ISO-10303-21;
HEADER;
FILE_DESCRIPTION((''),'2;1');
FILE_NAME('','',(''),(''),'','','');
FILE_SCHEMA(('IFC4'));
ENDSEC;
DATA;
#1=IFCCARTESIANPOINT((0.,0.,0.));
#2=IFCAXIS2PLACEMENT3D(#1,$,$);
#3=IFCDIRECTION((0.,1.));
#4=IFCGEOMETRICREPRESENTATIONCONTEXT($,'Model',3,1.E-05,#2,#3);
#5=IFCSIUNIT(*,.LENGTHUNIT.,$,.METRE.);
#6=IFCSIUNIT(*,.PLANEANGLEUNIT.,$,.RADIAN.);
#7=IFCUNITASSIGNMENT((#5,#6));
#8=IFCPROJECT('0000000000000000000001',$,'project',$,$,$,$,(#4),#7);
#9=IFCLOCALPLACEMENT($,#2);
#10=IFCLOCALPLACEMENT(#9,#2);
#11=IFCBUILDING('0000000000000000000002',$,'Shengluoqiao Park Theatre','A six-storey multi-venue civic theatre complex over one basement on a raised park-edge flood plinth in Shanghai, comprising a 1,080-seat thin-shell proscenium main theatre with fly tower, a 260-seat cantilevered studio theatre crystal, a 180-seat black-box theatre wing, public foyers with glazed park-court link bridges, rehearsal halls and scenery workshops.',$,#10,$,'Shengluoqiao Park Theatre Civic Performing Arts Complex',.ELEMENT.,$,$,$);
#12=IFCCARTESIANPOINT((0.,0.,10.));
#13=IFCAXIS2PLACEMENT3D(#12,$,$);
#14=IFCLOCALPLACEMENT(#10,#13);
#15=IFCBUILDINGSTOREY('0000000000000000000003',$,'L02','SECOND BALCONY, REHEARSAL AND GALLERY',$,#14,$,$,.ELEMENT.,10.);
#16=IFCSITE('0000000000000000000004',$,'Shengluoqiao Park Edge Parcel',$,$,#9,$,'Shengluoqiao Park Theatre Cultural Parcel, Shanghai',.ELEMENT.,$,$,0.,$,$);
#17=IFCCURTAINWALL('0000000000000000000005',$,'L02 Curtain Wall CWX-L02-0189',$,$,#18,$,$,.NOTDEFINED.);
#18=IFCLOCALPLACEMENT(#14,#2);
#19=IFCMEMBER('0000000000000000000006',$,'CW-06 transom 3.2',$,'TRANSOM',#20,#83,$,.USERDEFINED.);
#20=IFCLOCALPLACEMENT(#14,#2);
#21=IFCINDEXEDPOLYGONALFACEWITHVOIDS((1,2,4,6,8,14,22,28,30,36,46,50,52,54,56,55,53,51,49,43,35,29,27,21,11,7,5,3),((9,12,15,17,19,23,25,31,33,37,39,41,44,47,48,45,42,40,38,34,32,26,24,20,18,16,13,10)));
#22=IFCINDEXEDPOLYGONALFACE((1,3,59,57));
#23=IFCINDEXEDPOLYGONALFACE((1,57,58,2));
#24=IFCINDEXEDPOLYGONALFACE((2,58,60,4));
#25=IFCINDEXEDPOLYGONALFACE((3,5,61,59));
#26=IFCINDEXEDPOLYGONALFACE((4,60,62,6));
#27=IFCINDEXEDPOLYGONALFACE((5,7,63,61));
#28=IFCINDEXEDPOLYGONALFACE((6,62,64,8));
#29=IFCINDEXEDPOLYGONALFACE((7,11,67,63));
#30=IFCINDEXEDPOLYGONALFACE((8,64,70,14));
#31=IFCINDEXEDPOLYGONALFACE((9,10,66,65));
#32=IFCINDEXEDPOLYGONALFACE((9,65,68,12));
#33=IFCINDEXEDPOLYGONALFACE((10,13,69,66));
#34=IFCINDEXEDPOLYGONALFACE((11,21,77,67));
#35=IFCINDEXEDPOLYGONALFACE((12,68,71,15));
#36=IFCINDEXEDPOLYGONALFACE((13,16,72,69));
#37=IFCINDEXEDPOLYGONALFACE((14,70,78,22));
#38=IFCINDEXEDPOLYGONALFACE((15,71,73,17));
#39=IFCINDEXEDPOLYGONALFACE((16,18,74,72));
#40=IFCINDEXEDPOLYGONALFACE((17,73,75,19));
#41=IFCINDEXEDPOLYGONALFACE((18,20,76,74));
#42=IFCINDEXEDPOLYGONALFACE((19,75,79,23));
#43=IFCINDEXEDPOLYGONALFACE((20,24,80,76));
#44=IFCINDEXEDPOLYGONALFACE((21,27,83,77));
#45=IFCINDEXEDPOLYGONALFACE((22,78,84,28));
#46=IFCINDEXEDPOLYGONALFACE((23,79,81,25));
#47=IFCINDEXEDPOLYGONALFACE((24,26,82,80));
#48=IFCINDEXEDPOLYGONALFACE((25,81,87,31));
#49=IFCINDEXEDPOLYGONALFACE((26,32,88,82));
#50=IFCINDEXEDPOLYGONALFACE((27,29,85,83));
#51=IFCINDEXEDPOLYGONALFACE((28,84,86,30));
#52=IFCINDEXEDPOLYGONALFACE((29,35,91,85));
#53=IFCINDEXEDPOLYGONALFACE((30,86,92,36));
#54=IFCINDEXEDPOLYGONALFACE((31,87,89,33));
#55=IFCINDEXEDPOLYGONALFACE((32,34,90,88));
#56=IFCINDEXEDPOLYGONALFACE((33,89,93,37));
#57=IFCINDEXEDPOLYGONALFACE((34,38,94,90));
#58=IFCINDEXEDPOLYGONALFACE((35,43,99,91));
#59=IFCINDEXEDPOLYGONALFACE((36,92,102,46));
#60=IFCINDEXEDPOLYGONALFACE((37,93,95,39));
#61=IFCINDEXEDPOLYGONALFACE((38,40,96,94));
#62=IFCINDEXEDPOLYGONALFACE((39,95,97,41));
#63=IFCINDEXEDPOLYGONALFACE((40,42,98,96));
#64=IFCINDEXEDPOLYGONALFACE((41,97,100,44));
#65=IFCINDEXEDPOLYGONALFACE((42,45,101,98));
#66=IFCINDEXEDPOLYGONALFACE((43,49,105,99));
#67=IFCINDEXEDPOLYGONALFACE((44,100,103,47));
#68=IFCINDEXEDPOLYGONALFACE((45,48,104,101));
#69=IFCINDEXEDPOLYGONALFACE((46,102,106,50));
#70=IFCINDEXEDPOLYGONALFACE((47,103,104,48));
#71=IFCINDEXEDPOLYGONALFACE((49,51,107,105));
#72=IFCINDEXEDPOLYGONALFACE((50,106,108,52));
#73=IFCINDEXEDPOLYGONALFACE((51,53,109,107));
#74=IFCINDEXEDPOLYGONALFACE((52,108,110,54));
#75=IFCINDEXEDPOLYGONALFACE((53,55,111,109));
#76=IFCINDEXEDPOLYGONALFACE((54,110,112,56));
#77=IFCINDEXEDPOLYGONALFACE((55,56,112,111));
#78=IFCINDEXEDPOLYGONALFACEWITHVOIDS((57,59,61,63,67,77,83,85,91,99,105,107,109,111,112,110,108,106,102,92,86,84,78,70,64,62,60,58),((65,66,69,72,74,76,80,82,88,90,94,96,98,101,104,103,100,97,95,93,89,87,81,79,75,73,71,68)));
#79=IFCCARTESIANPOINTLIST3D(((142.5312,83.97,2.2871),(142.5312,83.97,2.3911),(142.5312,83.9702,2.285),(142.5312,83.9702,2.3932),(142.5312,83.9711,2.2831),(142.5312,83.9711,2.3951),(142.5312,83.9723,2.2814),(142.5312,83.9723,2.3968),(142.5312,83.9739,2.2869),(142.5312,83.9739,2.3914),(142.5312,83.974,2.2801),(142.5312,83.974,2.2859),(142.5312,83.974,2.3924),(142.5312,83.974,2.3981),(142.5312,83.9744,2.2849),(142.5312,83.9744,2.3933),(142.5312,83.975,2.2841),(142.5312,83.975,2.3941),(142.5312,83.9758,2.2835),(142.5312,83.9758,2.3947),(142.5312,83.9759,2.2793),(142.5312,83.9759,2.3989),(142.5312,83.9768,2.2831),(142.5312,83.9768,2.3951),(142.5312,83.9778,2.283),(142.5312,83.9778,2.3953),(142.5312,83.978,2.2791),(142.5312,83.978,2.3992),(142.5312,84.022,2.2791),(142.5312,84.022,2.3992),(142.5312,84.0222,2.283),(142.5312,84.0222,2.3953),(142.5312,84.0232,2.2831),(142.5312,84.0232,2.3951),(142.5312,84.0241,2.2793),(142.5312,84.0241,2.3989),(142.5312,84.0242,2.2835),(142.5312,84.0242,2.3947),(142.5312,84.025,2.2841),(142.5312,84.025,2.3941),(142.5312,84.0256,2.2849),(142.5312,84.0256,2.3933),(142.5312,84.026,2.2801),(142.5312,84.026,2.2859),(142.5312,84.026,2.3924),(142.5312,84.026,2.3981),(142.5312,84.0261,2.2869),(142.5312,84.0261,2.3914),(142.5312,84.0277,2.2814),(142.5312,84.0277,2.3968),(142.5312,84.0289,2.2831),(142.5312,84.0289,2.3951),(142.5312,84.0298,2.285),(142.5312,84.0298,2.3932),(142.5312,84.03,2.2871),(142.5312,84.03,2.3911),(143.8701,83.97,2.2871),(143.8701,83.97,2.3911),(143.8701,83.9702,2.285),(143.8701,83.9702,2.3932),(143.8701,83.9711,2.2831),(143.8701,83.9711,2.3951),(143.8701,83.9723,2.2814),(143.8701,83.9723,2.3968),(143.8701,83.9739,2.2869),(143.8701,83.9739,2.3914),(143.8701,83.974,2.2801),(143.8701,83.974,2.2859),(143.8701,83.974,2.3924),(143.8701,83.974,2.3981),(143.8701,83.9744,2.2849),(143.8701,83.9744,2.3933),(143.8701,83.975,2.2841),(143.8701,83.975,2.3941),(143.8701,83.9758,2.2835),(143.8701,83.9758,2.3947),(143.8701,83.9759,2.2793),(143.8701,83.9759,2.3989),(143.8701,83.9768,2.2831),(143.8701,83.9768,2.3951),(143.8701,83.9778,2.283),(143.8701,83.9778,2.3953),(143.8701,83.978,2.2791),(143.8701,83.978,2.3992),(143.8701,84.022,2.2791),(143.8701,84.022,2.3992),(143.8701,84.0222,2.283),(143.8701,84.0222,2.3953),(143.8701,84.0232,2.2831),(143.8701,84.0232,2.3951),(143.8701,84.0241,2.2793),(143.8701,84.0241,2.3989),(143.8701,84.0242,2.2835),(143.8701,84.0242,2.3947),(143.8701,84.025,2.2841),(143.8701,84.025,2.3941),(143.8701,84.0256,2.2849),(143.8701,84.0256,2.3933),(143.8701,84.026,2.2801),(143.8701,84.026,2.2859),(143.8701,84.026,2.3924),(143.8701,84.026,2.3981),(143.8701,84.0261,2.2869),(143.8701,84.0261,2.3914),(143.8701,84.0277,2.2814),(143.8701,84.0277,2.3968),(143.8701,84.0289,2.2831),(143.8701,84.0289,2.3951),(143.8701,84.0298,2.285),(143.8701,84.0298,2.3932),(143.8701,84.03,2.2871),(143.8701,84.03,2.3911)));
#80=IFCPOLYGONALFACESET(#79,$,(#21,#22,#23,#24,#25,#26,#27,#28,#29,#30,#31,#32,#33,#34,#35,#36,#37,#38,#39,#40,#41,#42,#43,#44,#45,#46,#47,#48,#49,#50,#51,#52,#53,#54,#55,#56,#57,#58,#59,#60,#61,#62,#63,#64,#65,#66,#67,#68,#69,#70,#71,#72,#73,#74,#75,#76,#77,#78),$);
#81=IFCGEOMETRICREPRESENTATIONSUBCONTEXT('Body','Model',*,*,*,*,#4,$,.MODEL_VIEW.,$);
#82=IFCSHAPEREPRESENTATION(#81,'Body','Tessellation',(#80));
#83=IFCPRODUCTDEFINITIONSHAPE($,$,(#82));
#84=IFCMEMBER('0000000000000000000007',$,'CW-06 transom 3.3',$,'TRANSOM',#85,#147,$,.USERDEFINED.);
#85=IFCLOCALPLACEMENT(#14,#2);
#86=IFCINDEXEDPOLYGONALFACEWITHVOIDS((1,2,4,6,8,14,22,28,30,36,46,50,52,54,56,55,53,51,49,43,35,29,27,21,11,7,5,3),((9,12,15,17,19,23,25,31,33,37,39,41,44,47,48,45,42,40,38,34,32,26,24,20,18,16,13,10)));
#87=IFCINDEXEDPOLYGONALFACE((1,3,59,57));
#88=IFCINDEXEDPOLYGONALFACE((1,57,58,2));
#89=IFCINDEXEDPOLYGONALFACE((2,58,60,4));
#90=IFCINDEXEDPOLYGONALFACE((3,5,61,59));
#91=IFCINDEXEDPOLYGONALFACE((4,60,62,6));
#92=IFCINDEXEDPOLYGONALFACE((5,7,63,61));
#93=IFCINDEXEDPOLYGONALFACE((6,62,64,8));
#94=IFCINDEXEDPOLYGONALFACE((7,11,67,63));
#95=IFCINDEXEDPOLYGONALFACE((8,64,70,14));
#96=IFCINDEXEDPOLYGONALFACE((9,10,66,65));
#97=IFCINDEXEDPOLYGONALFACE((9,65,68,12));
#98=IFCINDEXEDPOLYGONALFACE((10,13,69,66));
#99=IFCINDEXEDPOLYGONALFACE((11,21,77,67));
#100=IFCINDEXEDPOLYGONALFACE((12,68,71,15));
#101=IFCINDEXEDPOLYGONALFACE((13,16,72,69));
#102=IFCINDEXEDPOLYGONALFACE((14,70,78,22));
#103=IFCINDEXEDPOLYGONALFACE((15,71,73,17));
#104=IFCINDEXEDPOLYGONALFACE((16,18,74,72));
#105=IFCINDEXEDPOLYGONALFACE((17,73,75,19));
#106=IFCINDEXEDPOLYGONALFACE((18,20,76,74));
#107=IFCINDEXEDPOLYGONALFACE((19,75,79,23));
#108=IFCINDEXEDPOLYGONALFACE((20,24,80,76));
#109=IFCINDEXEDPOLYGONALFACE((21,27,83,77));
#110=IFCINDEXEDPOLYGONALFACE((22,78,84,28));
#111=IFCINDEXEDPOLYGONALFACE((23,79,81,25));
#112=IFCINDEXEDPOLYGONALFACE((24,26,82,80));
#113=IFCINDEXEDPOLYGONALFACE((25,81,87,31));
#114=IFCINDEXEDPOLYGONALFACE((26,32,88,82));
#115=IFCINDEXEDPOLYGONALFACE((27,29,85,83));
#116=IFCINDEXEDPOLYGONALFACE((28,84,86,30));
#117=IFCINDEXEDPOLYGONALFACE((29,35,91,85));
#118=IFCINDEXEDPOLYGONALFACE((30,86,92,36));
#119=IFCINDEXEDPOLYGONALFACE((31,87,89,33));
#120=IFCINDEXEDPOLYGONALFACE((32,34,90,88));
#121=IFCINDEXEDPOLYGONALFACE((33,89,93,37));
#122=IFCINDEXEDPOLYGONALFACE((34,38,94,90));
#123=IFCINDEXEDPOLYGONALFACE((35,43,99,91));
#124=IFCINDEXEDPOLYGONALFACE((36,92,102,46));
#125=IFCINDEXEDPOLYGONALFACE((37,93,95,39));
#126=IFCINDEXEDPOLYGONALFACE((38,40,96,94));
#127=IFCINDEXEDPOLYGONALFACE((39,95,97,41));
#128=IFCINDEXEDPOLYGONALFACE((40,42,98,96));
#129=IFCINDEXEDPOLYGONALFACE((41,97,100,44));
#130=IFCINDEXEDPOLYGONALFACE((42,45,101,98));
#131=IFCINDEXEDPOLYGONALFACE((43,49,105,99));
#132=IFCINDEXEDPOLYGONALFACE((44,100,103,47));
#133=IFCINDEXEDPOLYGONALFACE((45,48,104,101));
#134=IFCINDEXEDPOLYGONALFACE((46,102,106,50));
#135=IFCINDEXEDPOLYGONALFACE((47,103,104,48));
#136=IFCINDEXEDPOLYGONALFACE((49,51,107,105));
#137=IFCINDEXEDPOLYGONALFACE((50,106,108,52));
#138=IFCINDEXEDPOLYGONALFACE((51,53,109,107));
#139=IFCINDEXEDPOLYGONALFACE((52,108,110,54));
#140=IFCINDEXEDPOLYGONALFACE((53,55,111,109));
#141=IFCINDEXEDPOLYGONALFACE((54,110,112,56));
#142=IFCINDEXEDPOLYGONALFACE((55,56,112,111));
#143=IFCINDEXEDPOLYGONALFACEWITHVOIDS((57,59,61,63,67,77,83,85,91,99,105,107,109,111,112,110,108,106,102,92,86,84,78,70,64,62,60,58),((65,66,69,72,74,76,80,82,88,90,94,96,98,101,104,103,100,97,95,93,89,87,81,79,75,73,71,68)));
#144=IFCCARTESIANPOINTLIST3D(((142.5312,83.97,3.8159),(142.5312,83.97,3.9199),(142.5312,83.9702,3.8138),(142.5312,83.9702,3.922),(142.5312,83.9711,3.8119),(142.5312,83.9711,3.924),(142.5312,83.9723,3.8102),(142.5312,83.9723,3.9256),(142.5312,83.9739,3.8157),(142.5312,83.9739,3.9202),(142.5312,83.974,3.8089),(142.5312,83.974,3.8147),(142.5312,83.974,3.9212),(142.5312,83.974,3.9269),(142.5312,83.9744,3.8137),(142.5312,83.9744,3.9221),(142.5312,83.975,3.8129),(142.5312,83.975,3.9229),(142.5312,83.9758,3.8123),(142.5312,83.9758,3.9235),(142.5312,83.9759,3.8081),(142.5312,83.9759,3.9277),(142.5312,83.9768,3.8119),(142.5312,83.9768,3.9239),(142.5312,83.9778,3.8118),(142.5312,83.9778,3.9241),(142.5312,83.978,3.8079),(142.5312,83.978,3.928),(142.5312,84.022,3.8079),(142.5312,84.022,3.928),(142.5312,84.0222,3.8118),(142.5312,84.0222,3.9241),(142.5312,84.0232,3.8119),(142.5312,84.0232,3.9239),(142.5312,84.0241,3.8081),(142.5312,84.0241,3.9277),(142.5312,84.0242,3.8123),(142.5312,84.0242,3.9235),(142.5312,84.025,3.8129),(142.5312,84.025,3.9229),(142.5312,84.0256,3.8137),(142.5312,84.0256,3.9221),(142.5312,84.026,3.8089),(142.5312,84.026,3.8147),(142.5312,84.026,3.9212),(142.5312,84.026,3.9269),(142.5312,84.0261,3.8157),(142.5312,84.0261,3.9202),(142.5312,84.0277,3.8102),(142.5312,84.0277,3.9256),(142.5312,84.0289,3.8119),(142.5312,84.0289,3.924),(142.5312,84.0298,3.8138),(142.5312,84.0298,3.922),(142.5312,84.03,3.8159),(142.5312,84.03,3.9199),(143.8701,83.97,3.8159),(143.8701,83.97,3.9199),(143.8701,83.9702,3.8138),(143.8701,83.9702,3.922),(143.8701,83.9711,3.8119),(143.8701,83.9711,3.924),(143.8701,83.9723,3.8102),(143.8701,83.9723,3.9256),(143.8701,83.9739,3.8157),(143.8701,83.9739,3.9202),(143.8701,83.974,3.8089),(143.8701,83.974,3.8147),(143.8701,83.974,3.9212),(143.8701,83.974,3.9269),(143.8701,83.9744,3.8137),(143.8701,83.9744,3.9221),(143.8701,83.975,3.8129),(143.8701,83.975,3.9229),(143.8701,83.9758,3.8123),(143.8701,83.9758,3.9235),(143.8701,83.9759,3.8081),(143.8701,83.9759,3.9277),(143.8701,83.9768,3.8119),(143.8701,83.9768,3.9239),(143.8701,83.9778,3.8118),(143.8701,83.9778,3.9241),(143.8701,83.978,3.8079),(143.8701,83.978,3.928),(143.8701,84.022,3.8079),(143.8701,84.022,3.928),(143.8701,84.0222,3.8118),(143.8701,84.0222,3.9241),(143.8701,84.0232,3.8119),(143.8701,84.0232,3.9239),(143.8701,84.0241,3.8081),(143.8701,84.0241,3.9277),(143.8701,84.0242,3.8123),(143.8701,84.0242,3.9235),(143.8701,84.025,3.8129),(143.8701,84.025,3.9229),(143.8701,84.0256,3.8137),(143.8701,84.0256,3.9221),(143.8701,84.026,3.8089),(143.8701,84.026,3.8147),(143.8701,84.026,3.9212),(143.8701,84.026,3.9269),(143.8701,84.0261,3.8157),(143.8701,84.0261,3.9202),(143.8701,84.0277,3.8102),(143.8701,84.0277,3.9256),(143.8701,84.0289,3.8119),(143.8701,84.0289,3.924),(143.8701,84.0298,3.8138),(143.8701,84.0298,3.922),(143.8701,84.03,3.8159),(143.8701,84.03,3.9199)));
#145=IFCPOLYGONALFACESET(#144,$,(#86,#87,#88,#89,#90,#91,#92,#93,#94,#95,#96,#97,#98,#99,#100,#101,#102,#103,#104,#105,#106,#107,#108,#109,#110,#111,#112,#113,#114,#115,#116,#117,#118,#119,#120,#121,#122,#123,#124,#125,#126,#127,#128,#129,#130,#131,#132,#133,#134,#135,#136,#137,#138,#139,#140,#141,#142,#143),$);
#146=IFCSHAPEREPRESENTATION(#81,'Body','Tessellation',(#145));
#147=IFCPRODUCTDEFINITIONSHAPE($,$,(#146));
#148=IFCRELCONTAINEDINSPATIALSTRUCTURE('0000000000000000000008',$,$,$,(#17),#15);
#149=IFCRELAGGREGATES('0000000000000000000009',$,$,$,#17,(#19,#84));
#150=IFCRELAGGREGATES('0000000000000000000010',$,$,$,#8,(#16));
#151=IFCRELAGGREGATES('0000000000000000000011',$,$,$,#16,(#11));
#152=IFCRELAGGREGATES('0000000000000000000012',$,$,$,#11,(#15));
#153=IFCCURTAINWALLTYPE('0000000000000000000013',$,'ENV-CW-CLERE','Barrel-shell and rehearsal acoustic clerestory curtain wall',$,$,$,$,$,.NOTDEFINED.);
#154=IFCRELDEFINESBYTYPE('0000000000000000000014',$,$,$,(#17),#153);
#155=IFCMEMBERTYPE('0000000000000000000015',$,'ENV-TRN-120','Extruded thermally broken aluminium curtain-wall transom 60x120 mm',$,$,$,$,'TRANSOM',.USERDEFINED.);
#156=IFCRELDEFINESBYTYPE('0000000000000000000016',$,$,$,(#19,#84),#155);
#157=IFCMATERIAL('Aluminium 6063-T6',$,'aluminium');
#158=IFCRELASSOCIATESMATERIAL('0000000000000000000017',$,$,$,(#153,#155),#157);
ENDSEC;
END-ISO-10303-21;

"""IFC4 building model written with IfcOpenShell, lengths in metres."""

from ifc_helpers import new_model, si_unit, direction, frame, origin, origin_2d, place, context, subcontext, project, spatial, hollow_rectangle, extrude, material, material_profile, profile_set, type_object, element, aggregate, save


model = new_model("IFC4")

# Units and contexts
model_context = context("Model", 3, precision=1e-05, world=origin(), true_north=direction((0.0, 1.0)))
body_context = subcontext(model_context, "Body", "Model", "MODEL_VIEW")
ifc_project = project(units=[si_unit("LENGTHUNIT", "METRE"), si_unit("PLANEANGLEUNIT", "RADIAN")], contexts=[model_context])

# Site, building, storey
site_placement = place(None, origin())
site = spatial("IfcSite", under=ifc_project, at=site_placement, Name="Shengluoqiao Park Edge Parcel", LongName="Shengluoqiao Park Theatre Cultural Parcel, Shanghai", CompositionType="ELEMENT", RefElevation=0.0)
building_placement = place(site_placement, origin())
building = spatial("IfcBuilding", under=site, at=building_placement, Name="Shengluoqiao Park Theatre", Description="A six-storey multi-venue civic theatre complex over one basement on a raised park-edge flood plinth in Shanghai, comprising a 1,080-seat thin-shell proscenium main theatre with fly tower, a 260-seat cantilevered studio theatre crystal, a 180-seat black-box theatre wing, public foyers with glazed park-court link bridges, rehearsal halls and scenery workshops.", LongName="Shengluoqiao Park Theatre Civic Performing Arts Complex", CompositionType="ELEMENT")
storey_placement = place(building_placement, frame((0.0, 0.0, 10.0)))
storey = spatial("IfcBuildingStorey", under=building, at=storey_placement, Name="L02", Description="SECOND BALCONY, REHEARSAL AND GALLERY", CompositionType="ELEMENT", Elevation=10.0)

# Curtain wall, members
ifc_material_1 = material(Name="Aluminium 6063-T6", Category="aluminium")
curtain_wall_type = type_object("IfcCurtainWallType", Name="ENV-CW-CLERE", Description="Barrel-shell and rehearsal acoustic clerestory curtain wall", PredefinedType="NOTDEFINED", material=ifc_material_1)
curtain_wall_placement = place(storey_placement, origin())
curtain_wall = element("IfcCurtainWall", 1, at=curtain_wall_placement, inside=storey, type_object=curtain_wall_type, Name="L02 Curtain Wall CWX-L02-0189", PredefinedType="NOTDEFINED")
ifc_material_profile_1 = material_profile(ifc_material_1, hollow_rectangle(XDim=0.0601, YDim=0.1201, WallThickness=0.0039, InnerFilletRadius=0.0039, OuterFilletRadius=0.0081, at=origin_2d()), Name="ALU TRANSOM 120x60x4")
ifc_profile_set_1 = profile_set([ifc_material_profile_1], Name="Aluminium 6063-T6")
member_type_1 = type_object("IfcMemberType", Name="ENV-TRN-120", Description="Extruded thermally broken aluminium curtain-wall transom 60x120 mm", ElementType="TRANSOM", PredefinedType="USERDEFINED", material=ifc_profile_set_1)
member_1_placement = place(storey_placement, frame((142.5312, 84.0, 2.3391), z_axis=(1.0, 0.0, 0.0), x_axis=(0.0, 1.0, 0.0)))
member_1 = element("IfcMember", 2, at=member_1_placement, type_object=member_type_1, Name="CW-06 transom 3.2", ObjectType="TRANSOM", PredefinedType="USERDEFINED", context=body_context, shape_type="SweptSolid", body=[
    extrude(hollow_rectangle(XDim=0.0601, YDim=0.1201, WallThickness=0.0039, InnerFilletRadius=0.0039, OuterFilletRadius=0.0081, at=origin_2d()), origin(), (0.0, 0.0, 1.0), 1.3389),
])
member_2_placement = place(storey_placement, frame((142.5312, 84.0, 3.8679), z_axis=(1.0, 0.0, 0.0), x_axis=(0.0, 1.0, 0.0)))
member_2 = element("IfcMember", 3, at=member_2_placement, type_object=member_type_1, Name="CW-06 transom 3.3", ObjectType="TRANSOM", PredefinedType="USERDEFINED", context=body_context, shape_type="SweptSolid", body=[
    extrude(hollow_rectangle(XDim=0.0601, YDim=0.1201, WallThickness=0.0039, InnerFilletRadius=0.0039, OuterFilletRadius=0.0081, at=origin_2d()), origin(), (0.0, 0.0, 1.0), 1.3389),
])
aggregate(curtain_wall, [member_1, member_2])

save(model, "model.ifc")
